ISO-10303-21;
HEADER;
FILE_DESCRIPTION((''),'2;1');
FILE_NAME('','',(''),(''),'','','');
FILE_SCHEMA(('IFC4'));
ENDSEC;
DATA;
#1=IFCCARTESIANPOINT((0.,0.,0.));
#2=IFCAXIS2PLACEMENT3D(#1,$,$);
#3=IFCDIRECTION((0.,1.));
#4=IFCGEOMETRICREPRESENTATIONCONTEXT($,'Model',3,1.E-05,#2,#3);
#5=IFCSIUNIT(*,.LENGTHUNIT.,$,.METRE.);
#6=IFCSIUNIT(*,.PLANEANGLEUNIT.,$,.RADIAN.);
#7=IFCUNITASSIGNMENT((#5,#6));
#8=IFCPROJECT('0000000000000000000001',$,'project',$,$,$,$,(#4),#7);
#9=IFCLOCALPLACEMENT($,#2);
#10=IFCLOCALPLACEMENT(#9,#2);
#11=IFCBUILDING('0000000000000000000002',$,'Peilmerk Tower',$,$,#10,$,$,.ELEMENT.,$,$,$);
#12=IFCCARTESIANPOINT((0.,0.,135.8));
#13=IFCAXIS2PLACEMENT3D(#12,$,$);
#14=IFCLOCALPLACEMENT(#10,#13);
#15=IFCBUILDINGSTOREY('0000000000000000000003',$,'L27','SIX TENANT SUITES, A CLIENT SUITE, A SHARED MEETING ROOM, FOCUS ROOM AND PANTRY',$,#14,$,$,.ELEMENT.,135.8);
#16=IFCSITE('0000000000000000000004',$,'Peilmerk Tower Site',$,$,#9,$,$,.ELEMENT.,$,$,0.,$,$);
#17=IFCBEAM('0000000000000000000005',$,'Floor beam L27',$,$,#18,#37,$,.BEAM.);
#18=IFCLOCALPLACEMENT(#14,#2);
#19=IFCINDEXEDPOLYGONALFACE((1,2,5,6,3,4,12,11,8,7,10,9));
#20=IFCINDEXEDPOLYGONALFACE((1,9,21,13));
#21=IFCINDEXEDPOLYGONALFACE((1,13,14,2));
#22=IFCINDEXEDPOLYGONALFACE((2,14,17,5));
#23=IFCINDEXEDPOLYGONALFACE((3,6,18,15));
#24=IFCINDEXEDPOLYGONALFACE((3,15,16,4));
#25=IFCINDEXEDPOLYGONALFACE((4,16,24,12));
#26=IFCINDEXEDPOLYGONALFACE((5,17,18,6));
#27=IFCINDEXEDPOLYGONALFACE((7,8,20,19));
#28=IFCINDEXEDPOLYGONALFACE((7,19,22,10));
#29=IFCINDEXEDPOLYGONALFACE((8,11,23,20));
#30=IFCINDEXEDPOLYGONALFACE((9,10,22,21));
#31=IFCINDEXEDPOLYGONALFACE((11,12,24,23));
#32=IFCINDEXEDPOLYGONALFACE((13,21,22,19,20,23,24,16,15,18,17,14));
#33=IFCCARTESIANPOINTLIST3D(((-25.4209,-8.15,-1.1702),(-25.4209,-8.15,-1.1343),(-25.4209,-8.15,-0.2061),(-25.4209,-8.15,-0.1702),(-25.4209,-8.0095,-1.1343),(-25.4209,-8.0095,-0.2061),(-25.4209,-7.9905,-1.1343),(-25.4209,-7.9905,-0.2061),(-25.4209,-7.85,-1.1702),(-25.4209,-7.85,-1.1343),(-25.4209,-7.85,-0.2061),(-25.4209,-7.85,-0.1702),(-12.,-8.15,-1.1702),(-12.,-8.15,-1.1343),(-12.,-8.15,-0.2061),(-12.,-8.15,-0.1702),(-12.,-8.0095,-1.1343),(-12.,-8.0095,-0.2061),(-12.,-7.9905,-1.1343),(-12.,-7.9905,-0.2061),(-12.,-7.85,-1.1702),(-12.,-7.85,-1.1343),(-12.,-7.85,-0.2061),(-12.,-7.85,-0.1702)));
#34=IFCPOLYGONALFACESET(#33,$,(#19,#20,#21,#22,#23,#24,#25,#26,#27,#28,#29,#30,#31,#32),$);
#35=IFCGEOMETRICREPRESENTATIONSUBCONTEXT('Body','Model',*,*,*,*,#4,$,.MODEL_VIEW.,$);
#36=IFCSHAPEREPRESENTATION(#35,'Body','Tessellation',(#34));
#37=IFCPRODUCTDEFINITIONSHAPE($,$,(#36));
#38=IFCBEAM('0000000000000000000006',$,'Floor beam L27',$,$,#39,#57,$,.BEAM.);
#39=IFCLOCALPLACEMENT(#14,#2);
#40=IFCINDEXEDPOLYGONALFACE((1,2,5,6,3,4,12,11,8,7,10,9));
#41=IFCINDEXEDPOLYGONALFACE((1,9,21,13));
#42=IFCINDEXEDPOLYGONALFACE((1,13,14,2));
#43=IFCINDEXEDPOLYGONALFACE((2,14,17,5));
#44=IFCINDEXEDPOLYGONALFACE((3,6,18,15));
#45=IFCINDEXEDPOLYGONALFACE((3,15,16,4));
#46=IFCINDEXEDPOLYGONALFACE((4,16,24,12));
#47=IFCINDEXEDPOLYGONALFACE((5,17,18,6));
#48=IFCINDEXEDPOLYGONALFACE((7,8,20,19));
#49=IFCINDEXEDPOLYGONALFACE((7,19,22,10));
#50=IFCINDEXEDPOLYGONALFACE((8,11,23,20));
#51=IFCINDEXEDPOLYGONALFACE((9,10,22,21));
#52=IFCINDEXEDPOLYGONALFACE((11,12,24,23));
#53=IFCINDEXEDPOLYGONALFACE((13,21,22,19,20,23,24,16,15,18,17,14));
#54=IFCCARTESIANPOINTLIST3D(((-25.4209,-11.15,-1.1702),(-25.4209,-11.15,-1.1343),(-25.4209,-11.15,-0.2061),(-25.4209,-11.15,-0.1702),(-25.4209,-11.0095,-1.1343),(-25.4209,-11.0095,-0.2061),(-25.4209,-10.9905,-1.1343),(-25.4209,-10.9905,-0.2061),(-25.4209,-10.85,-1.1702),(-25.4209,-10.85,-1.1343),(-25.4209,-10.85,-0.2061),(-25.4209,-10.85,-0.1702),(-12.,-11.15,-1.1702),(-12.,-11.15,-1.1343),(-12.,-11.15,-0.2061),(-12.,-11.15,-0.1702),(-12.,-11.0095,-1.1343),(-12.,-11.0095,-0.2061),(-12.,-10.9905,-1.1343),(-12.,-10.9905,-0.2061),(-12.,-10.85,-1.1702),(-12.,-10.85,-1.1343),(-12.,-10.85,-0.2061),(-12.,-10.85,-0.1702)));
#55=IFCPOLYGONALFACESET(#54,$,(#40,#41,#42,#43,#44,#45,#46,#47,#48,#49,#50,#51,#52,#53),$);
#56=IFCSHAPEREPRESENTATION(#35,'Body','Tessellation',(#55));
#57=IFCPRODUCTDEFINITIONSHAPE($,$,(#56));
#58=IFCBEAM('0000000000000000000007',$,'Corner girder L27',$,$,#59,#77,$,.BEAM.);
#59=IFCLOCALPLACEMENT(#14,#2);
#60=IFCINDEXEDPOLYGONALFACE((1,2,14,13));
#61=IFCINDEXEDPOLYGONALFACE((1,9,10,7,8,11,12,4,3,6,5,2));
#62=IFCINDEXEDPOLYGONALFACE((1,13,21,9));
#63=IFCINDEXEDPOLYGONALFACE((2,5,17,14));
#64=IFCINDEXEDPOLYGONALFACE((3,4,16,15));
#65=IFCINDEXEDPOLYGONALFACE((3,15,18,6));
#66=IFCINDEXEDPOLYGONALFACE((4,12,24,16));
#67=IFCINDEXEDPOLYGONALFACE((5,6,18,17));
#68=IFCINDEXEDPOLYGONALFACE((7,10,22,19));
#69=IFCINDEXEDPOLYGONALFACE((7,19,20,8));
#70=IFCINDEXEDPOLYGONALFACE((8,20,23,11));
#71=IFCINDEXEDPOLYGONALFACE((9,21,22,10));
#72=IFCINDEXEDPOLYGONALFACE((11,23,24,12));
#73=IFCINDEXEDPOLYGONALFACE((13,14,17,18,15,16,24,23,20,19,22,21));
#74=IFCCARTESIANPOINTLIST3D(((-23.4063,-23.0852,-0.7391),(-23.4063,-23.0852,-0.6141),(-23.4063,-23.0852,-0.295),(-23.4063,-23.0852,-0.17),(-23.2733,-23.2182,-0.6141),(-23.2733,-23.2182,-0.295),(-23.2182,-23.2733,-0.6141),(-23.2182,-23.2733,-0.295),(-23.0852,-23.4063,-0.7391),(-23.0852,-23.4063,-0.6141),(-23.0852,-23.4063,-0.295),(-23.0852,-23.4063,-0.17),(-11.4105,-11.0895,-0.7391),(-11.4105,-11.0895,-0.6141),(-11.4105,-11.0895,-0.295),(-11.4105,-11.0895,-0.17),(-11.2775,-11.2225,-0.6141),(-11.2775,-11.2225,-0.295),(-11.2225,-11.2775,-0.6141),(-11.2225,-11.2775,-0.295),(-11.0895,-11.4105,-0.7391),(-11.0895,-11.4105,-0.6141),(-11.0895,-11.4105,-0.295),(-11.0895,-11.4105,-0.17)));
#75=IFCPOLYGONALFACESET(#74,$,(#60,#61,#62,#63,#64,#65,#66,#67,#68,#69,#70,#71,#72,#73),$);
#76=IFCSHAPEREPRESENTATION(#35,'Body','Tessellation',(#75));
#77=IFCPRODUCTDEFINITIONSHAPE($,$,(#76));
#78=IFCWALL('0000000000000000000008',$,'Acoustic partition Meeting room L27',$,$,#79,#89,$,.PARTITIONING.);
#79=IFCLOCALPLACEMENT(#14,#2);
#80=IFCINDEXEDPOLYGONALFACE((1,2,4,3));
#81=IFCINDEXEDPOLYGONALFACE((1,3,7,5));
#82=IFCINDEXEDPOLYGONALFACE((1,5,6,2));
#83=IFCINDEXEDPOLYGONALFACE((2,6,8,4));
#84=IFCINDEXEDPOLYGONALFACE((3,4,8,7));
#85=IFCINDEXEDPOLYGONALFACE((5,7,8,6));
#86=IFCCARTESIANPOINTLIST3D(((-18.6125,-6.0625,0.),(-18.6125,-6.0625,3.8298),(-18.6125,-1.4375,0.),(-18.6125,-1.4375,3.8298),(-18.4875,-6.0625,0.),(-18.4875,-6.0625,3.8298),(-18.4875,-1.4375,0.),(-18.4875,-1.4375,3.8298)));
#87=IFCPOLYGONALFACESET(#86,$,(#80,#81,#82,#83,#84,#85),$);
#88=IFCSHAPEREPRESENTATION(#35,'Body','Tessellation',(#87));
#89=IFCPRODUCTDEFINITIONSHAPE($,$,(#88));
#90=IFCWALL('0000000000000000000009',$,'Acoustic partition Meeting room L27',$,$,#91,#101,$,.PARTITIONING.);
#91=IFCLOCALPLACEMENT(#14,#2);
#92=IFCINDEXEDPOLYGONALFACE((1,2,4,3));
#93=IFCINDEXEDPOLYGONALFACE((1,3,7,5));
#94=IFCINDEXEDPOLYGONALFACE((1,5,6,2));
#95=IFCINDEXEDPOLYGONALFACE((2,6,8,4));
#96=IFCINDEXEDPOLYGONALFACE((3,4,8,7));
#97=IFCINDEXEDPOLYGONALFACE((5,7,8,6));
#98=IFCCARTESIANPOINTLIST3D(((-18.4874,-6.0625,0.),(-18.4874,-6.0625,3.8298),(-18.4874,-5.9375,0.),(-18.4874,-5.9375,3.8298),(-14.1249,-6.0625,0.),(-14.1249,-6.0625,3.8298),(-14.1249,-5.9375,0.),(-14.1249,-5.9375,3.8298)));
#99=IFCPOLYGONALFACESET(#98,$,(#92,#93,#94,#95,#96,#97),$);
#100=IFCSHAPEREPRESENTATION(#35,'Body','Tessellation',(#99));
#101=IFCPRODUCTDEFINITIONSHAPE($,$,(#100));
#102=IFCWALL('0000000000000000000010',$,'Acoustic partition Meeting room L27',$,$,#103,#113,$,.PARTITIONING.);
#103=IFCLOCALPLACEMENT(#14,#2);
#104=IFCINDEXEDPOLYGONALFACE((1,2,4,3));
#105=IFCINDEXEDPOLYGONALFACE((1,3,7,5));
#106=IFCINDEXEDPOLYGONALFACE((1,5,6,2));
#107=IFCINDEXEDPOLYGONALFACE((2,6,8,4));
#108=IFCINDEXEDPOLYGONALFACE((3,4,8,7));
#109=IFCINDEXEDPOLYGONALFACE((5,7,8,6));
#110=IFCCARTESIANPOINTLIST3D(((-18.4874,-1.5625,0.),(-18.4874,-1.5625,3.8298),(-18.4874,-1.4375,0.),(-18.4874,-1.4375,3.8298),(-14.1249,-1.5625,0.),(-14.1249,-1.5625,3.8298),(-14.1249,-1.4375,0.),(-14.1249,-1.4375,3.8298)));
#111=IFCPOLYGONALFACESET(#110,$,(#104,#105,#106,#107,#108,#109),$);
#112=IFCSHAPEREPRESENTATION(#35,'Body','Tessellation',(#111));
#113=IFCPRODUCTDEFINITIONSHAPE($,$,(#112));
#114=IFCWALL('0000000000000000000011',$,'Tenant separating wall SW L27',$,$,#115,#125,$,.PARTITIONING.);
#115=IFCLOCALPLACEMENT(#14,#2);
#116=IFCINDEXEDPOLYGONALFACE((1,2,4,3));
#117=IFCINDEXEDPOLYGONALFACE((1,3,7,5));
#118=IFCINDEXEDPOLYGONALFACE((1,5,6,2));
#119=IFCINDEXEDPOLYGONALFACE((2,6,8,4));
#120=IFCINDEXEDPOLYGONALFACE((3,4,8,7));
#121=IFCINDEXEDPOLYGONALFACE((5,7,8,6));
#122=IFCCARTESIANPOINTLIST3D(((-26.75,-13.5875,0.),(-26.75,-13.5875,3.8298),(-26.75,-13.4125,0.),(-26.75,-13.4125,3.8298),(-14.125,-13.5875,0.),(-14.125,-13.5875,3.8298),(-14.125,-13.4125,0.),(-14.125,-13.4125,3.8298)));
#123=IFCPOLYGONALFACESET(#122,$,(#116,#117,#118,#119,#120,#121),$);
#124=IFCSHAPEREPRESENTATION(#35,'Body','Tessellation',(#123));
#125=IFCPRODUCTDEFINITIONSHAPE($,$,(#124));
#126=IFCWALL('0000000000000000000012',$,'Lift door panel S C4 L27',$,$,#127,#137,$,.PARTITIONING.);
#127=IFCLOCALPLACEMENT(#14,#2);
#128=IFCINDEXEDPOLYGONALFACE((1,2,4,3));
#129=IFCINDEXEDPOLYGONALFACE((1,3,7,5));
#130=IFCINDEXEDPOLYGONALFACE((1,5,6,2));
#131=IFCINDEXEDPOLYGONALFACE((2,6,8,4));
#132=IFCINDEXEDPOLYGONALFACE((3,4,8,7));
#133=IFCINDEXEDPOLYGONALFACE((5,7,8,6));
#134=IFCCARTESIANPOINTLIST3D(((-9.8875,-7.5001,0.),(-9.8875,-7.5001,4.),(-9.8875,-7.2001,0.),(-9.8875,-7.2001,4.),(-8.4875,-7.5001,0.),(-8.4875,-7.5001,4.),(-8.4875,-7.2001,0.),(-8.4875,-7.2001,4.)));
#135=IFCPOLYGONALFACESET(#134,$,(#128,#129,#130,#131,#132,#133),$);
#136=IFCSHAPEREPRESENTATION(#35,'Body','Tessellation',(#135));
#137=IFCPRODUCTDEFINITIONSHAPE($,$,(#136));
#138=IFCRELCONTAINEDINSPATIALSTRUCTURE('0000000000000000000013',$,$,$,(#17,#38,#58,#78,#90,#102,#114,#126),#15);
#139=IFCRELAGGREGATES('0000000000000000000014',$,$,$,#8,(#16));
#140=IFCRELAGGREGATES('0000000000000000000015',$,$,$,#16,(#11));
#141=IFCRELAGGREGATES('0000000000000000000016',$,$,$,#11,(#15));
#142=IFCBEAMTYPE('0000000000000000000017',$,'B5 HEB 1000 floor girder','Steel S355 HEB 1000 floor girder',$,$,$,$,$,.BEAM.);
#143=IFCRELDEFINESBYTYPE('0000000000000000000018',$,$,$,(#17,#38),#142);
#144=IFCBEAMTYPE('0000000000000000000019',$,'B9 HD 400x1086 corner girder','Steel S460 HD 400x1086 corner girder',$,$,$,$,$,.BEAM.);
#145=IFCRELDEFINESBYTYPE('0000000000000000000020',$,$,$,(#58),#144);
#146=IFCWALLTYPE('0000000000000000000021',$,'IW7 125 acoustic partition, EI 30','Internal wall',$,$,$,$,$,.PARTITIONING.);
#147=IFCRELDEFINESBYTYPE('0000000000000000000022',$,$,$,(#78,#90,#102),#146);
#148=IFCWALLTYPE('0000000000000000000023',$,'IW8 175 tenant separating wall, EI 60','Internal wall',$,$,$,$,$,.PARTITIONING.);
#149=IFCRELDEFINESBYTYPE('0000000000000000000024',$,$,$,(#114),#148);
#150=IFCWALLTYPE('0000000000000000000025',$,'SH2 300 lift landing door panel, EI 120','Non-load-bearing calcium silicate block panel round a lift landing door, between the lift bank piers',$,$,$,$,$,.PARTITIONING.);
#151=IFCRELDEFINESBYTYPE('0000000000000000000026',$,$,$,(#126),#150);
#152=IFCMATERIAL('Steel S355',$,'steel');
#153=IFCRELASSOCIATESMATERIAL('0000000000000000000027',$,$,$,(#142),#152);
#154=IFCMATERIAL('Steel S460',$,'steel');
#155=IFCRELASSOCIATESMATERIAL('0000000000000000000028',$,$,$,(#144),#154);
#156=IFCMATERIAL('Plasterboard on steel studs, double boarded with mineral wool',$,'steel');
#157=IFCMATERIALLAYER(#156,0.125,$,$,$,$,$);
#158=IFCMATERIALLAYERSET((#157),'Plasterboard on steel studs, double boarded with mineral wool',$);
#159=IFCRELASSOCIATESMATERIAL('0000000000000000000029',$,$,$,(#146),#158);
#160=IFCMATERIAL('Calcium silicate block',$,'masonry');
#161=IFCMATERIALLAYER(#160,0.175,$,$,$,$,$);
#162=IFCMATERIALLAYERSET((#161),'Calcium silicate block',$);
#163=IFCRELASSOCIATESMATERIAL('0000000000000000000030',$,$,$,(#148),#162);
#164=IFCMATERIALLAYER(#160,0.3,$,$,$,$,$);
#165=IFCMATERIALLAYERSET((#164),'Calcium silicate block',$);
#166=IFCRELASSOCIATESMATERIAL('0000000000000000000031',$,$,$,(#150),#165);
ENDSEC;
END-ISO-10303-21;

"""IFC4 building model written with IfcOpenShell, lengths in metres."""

from ifc_helpers import new_model, si_unit, direction, frame, frame_2d, origin, origin_2d, place, context, subcontext, project, spatial, rectangle, i_section, extrude, material, layer, layer_set, material_profile, profile_set, type_object, element, save


model = new_model("IFC4")

# Units and contexts
model_context = context("Model", 3, precision=1e-05, world=origin(), true_north=direction((0.0, 1.0)))
body_context = subcontext(model_context, "Body", "Model", "MODEL_VIEW")
ifc_project = project(units=[si_unit("LENGTHUNIT", "METRE"), si_unit("PLANEANGLEUNIT", "RADIAN")], contexts=[model_context])

# Site, building, storey
site_placement = place(None, origin())
site = spatial("IfcSite", under=ifc_project, at=site_placement, Name="Peilmerk Tower Site", CompositionType="ELEMENT", RefElevation=0.0)
building_placement = place(site_placement, origin())
building = spatial("IfcBuilding", under=site, at=building_placement, Name="Peilmerk Tower", CompositionType="ELEMENT")
storey_placement = place(building_placement, frame((0.0, 0.0, 135.8)))
storey = spatial("IfcBuildingStorey", under=building, at=storey_placement, Name="L27", Description="SIX TENANT SUITES, A CLIENT SUITE, A SHARED MEETING ROOM, FOCUS ROOM AND PANTRY", CompositionType="ELEMENT", Elevation=135.8)

# Beams
ifc_material_1 = material(Name="Steel S355", Category="steel")
ifc_material_profile_1 = material_profile(ifc_material_1, i_section(OverallWidth=0.3, OverallDepth=1.0, WebThickness=0.019, FlangeThickness=0.0359, at=origin_2d()), Name="HEB 1000")
ifc_profile_set_1 = profile_set([ifc_material_profile_1], Name="Steel S355")
beam_type_1 = type_object("IfcBeamType", Name="B5 HEB 1000 floor girder", Description="Steel S355 HEB 1000 floor girder", PredefinedType="BEAM", material=ifc_profile_set_1)
for number, where, z_axis, x_axis, name in (
    (1, (-12.0, -8.0, -0.6702), (-1.0, 0.0, 0.0), (0.0, -1.0, 0.0), "Floor beam L27"),
    (2, (-12.0, -11.0, -0.6702), (-1.0, 0.0, 0.0), (0.0, -1.0, 0.0), "Floor beam L27"),
):
    element("IfcBeam", number, at=place(storey_placement, frame(where, z_axis=z_axis, x_axis=x_axis)), inside=storey, type_object=beam_type_1, Name=name, PredefinedType="BEAM", context=body_context, shape_type="SweptSolid", body=[
        extrude(i_section(OverallWidth=0.3, OverallDepth=1.0, WebThickness=0.019, FlangeThickness=0.0359, at=origin_2d()), origin(), (0.0, 0.0, 1.0), 13.4209),
    ])
ifc_material_2 = material(Name="Steel S460", Category="steel")
ifc_material_profile_2 = material_profile(ifc_material_2, i_section(OverallWidth=0.4541, OverallDepth=0.5691, WebThickness=0.0779, FlangeThickness=0.125, at=origin_2d()), Name="HD 400x1086")
ifc_profile_set_2 = profile_set([ifc_material_profile_2], Name="Steel S460")
beam_type_2 = type_object("IfcBeamType", Name="B9 HD 400x1086 corner girder", Description="Steel S460 HD 400x1086 corner girder", PredefinedType="BEAM", material=ifc_profile_set_2)
beam_1_placement = place(storey_placement, frame((-11.25, -11.25, -0.4546), z_axis=(-0.707107, -0.707107, 0.0), x_axis=(0.707107, -0.707107, 0.0)))
element("IfcBeam", 3, at=beam_1_placement, inside=storey, type_object=beam_type_2, Name="Corner girder L27", PredefinedType="BEAM", context=body_context, shape_type="SweptSolid", body=[
    extrude(i_section(OverallWidth=0.4541, OverallDepth=0.5691, WebThickness=0.0779, FlangeThickness=0.125, at=origin_2d()), origin(), (0.0, 0.0, 1.0), 16.9646),
])

# Walls
ifc_material_3 = material(Name="Plasterboard on steel studs, double boarded with mineral wool", Category="steel")
ifc_layer_1 = layer(ifc_material_3, 0.125)
ifc_layer_set_1 = layer_set([ifc_layer_1], Name="Plasterboard on steel studs, double boarded with mineral wool")
wall_type_1 = type_object("IfcWallType", Name="IW7 125 acoustic partition, EI 30", Description="Internal wall", PredefinedType="PARTITIONING", material=ifc_layer_set_1)
wall_1_placement = place(storey_placement, frame((-18.55, -6.0625, 0.0), z_axis=(0.0, 0.0, 1.0), x_axis=(0.0, 1.0, 0.0)))
element("IfcWall", 4, at=wall_1_placement, inside=storey, type_object=wall_type_1, Name="Acoustic partition Meeting room L27", PredefinedType="PARTITIONING", context=body_context, shape_type="SweptSolid", body=[
    extrude(rectangle(XDim=4.625, YDim=0.125, at=frame_2d((2.3125, 0.0))), origin(), (0.0, 0.0, 1.0), 3.8298),
])
for number, where, z_axis, x_axis, name in (
    (5, (-14.125, -6.0, 0.0), (0.0, 0.0, 1.0), (-1.0, 0.0, 0.0), "Acoustic partition Meeting room L27"),
    (6, (-14.125, -1.5, 0.0), (0.0, 0.0, 1.0), (-1.0, 0.0, 0.0), "Acoustic partition Meeting room L27"),
):
    element("IfcWall", number, at=place(storey_placement, frame(where, z_axis=z_axis, x_axis=x_axis)), inside=storey, type_object=wall_type_1, Name=name, PredefinedType="PARTITIONING", context=body_context, shape_type="SweptSolid", body=[
        extrude(rectangle(XDim=4.3625, YDim=0.125, at=frame_2d((2.1812, 0.0))), origin(), (0.0, 0.0, 1.0), 3.8298),
    ])
ifc_material_4 = material(Name="Calcium silicate block", Category="masonry")
ifc_layer_2 = layer(ifc_material_4, 0.175)
ifc_layer_set_2 = layer_set([ifc_layer_2], Name="Calcium silicate block")
wall_type_2 = type_object("IfcWallType", Name="IW8 175 tenant separating wall, EI 60", Description="Internal wall", PredefinedType="PARTITIONING", material=ifc_layer_set_2)
wall_2_placement = place(storey_placement, frame((-14.125, -13.5, 0.0), z_axis=(0.0, 0.0, 1.0), x_axis=(-1.0, 0.0, 0.0)))
element("IfcWall", 7, at=wall_2_placement, inside=storey, type_object=wall_type_2, Name="Tenant separating wall SW L27", PredefinedType="PARTITIONING", context=body_context, shape_type="SweptSolid", body=[
    extrude(rectangle(XDim=12.625, YDim=0.175, at=frame_2d((6.3125, 0.0))), origin(), (0.0, 0.0, 1.0), 3.8298),
])
ifc_layer_3 = layer(ifc_material_4, 0.3)
ifc_layer_set_3 = layer_set([ifc_layer_3], Name="Calcium silicate block")
wall_type_3 = type_object("IfcWallType", Name="SH2 300 lift landing door panel, EI 120", Description="Non-load-bearing calcium silicate block panel round a lift landing door, between the lift bank piers", PredefinedType="PARTITIONING", material=ifc_layer_set_3)
wall_3_placement = place(storey_placement, frame((-9.8875, -7.3501, 0.0), z_axis=(0.0, 0.0, 1.0), x_axis=(1.0, 0.0, 0.0)))
element("IfcWall", 8, at=wall_3_placement, inside=storey, type_object=wall_type_3, Name="Lift door panel S C4 L27", PredefinedType="PARTITIONING", context=body_context, shape_type="SweptSolid", body=[
    extrude(rectangle(XDim=1.3999, YDim=0.3, at=frame_2d((0.7, 0.0))), origin(), (0.0, 0.0, 1.0), 4.0),
])

save(model, "model.ifc")
